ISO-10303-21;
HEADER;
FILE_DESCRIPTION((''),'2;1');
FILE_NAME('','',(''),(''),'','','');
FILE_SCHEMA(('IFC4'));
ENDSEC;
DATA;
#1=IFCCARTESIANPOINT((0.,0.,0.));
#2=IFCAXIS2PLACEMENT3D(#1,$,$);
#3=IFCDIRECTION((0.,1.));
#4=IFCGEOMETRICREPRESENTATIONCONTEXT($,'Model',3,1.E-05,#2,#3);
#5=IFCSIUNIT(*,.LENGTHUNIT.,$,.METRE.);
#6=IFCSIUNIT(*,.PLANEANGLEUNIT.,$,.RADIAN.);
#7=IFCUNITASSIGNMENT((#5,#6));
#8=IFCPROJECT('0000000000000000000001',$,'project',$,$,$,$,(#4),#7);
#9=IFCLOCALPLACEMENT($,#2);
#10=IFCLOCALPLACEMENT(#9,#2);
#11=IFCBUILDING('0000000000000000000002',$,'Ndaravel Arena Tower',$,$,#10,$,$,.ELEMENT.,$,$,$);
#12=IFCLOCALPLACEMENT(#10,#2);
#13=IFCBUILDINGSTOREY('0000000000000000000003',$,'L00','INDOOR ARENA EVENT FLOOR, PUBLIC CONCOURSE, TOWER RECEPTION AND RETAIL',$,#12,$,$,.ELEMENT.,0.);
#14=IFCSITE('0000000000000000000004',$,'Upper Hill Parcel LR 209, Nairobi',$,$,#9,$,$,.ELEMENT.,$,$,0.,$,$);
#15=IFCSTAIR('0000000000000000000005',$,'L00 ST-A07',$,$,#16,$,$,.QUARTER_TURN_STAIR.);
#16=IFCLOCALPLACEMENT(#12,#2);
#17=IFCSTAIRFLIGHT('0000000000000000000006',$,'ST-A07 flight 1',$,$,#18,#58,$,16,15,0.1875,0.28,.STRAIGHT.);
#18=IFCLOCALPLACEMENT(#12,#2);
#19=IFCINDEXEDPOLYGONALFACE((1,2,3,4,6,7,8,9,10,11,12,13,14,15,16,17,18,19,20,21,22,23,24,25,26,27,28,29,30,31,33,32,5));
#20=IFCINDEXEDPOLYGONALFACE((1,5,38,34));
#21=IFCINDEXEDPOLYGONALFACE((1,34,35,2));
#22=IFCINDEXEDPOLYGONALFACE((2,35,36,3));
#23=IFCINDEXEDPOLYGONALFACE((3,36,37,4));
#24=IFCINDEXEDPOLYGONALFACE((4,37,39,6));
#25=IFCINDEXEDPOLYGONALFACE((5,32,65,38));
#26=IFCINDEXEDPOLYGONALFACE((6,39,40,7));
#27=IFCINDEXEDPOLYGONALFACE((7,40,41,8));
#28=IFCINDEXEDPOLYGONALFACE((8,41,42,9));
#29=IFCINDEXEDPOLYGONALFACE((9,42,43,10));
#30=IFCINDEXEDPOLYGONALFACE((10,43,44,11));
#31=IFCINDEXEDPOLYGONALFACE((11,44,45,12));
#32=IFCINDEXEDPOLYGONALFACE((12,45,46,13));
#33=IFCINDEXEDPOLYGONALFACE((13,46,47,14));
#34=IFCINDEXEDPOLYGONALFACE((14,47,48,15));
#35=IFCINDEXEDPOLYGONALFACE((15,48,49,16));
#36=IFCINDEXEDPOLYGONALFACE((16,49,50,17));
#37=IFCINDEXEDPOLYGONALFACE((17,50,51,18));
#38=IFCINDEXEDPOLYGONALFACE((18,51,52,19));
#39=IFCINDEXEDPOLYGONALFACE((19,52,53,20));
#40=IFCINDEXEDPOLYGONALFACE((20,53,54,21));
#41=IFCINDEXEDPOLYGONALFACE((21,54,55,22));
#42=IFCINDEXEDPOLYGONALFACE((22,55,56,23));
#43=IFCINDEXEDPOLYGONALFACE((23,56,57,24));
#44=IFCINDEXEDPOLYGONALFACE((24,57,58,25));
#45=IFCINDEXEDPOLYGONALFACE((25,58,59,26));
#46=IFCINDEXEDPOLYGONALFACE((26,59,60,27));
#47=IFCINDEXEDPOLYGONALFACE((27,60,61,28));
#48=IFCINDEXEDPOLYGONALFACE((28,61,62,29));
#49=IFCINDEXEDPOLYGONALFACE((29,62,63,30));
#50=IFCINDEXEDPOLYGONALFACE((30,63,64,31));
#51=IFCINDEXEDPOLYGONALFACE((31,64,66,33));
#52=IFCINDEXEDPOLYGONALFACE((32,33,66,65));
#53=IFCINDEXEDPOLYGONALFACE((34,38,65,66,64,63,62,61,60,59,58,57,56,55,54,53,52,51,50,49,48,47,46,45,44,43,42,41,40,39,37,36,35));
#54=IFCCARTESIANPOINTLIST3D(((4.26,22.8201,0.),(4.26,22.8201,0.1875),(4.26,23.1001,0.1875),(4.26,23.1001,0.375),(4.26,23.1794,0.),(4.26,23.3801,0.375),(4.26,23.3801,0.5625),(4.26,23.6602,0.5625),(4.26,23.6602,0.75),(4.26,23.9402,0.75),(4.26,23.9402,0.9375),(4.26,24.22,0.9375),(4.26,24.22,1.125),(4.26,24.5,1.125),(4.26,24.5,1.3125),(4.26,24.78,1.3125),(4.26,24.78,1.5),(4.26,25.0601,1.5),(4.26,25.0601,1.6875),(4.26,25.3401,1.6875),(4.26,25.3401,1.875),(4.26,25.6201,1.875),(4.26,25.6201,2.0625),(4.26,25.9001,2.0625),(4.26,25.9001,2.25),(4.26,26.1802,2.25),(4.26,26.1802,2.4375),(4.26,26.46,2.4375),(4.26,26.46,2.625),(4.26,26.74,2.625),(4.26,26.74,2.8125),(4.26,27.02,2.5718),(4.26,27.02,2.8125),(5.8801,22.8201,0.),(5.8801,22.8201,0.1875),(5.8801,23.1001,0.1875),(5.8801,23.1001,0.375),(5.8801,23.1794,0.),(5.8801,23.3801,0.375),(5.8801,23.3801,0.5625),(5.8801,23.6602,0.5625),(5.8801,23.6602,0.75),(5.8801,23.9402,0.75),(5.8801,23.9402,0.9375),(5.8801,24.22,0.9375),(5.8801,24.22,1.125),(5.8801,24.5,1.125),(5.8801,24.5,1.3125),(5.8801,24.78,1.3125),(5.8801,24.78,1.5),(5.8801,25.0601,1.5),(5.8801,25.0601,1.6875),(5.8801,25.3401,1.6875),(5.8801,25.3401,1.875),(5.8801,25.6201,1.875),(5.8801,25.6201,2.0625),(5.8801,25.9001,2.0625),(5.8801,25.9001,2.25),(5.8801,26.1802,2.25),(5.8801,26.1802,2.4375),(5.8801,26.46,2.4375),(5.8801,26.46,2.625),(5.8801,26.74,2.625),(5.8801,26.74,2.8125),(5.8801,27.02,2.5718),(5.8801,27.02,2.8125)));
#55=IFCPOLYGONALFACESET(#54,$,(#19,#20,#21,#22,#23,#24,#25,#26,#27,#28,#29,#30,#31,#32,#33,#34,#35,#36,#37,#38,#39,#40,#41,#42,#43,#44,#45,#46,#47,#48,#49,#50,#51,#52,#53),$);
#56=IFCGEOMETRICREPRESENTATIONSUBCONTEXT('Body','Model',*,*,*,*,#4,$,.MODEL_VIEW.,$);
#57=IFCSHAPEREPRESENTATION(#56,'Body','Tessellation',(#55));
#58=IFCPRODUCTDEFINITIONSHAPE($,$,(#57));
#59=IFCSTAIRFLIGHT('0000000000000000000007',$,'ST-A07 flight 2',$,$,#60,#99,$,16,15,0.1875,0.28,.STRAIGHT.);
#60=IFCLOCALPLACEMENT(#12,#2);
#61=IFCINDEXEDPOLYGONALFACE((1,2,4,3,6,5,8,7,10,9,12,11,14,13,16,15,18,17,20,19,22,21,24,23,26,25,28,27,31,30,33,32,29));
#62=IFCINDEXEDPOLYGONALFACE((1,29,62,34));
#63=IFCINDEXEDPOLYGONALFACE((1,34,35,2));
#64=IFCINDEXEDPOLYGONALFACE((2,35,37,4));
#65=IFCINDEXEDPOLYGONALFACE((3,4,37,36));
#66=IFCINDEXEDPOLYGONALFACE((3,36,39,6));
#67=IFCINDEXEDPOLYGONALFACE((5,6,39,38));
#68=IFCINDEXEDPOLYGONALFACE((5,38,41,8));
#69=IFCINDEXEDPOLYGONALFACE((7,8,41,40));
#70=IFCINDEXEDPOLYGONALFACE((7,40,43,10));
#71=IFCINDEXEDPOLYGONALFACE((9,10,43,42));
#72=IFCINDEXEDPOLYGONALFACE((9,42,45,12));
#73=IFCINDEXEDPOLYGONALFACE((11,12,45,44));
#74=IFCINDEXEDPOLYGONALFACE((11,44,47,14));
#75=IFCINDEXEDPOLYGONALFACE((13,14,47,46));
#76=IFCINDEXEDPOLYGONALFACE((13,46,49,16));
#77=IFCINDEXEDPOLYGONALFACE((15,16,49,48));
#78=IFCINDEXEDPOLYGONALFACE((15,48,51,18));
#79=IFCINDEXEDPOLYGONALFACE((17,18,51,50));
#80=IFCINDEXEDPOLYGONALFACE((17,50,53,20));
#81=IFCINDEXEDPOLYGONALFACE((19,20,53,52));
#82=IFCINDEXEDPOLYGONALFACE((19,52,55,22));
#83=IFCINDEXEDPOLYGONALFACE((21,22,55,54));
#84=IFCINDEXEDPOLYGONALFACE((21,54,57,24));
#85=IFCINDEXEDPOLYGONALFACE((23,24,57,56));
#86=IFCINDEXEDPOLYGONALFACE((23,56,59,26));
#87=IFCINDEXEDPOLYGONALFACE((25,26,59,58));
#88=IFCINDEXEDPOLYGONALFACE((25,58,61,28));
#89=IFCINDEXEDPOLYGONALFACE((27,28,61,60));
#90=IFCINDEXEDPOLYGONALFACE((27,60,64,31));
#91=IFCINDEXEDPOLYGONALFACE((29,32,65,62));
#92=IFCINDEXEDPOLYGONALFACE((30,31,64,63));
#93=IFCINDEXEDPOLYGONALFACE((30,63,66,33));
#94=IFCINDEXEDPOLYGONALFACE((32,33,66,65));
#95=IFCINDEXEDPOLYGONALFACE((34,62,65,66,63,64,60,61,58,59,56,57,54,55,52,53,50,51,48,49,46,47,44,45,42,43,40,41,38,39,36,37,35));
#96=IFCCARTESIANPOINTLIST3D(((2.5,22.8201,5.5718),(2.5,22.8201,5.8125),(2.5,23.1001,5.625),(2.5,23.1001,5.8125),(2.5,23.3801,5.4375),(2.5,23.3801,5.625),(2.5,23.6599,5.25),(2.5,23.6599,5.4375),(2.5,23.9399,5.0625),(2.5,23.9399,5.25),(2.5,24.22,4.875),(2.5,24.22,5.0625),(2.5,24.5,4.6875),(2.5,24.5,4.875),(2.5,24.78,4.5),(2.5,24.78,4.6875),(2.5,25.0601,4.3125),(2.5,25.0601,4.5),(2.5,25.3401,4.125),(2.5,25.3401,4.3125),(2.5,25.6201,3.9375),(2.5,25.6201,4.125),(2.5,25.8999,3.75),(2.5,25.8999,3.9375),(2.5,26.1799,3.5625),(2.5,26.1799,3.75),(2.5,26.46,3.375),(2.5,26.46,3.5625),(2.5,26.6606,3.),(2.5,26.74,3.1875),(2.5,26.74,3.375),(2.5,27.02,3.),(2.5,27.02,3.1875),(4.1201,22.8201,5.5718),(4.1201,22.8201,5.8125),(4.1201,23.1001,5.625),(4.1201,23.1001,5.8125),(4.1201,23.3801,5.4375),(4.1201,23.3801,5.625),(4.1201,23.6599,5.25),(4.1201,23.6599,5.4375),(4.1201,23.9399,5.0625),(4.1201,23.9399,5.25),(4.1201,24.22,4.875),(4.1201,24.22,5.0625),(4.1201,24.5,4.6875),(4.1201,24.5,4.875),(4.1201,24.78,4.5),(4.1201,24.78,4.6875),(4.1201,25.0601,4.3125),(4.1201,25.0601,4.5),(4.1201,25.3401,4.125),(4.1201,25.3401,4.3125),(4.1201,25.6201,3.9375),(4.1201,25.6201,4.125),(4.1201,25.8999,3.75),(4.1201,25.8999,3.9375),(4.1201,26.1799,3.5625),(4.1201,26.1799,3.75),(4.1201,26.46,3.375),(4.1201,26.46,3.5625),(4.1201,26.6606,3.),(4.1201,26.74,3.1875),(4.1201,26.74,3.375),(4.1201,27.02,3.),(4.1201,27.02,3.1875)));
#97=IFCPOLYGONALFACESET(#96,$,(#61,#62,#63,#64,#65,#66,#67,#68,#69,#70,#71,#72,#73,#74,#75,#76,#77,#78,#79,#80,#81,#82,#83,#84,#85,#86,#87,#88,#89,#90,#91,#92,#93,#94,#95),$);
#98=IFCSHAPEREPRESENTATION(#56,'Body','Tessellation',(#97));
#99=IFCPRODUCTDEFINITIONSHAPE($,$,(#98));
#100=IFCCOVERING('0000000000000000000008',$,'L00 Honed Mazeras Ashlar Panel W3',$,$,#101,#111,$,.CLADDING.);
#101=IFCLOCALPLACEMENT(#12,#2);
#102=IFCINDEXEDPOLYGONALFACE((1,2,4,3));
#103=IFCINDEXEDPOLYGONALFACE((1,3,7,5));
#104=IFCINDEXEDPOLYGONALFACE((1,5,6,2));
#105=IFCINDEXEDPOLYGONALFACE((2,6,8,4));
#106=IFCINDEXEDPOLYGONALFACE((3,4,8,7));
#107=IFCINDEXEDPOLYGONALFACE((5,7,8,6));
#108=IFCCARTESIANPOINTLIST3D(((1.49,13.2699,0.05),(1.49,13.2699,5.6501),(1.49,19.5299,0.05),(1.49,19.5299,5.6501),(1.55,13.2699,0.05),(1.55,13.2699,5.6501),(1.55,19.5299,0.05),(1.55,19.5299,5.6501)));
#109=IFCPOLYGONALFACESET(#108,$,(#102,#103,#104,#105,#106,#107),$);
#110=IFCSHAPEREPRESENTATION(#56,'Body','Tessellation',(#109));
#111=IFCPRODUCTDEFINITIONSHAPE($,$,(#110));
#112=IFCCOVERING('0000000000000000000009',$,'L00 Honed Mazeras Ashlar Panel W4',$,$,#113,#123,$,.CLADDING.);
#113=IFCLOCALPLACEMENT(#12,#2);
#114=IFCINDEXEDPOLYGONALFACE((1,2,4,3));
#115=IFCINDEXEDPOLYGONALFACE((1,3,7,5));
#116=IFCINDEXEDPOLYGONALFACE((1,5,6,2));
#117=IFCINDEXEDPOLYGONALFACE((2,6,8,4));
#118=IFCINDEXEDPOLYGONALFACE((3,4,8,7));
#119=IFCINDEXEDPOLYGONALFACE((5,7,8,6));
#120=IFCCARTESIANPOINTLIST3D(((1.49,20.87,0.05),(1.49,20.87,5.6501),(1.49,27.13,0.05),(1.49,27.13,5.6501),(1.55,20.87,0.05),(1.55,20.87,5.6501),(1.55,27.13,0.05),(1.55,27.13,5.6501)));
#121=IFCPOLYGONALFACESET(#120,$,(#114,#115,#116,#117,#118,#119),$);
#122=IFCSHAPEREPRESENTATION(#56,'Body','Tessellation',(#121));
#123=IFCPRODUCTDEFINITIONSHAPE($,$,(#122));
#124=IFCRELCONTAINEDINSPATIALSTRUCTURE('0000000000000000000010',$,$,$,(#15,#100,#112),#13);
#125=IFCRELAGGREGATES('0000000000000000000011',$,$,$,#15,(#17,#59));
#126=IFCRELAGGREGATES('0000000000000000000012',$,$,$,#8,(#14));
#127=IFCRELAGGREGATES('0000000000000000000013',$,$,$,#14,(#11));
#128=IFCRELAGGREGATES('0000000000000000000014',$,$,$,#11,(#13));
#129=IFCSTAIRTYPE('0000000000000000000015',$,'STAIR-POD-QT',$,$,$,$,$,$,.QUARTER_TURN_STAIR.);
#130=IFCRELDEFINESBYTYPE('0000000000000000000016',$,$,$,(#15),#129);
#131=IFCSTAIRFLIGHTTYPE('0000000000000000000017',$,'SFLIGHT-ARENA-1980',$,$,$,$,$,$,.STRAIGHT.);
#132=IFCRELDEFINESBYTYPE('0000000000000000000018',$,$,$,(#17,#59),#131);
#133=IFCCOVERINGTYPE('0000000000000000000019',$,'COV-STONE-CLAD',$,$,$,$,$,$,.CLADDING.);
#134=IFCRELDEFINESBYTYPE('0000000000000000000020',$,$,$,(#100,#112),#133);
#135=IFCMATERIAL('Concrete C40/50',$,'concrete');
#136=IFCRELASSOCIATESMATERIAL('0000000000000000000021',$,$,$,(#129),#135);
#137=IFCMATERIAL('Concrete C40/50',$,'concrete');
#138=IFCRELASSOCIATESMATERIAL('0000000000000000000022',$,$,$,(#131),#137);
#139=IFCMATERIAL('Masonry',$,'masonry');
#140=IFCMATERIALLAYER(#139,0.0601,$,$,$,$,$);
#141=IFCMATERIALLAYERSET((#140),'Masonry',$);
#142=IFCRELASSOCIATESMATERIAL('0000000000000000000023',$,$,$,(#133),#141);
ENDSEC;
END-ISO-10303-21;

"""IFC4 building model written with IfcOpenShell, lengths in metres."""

from ifc_helpers import new_model, si_unit, direction, frame, origin, origin_2d, place, context, subcontext, project, spatial, polyline, rectangle, outline, extrude, material, layer, layer_set, type_object, element, aggregate, save


model = new_model("IFC4")

# Units and contexts
model_context = context("Model", 3, precision=1e-05, world=origin(), true_north=direction((0.0, 1.0)))
body_context = subcontext(model_context, "Body", "Model", "MODEL_VIEW")
ifc_project = project(units=[si_unit("LENGTHUNIT", "METRE"), si_unit("PLANEANGLEUNIT", "RADIAN")], contexts=[model_context])

# Site, building, storey
site_placement = place(None, origin())
site = spatial("IfcSite", under=ifc_project, at=site_placement, Name="Upper Hill Parcel LR 209, Nairobi", CompositionType="ELEMENT", RefElevation=0.0)
building_placement = place(site_placement, origin())
building = spatial("IfcBuilding", under=site, at=building_placement, Name="Ndaravel Arena Tower", CompositionType="ELEMENT")
storey_placement = place(building_placement, origin())
storey = spatial("IfcBuildingStorey", under=building, at=storey_placement, Name="L00", Description="INDOOR ARENA EVENT FLOOR, PUBLIC CONCOURSE, TOWER RECEPTION AND RETAIL", CompositionType="ELEMENT", Elevation=0.0)

# Stair, stair flights
ifc_material_1 = material(Name="Concrete C40/50", Category="concrete")
stair_type = type_object("IfcStairType", Name="STAIR-POD-QT", PredefinedType="QUARTER_TURN_STAIR", material=ifc_material_1)
stair_placement = place(storey_placement, origin())
stair = element("IfcStair", 1, at=stair_placement, inside=storey, type_object=stair_type, Name="L00 ST-A07", PredefinedType="QUARTER_TURN_STAIR")
ifc_material_2 = material(Name="Concrete C40/50", Category="concrete")
stair_flight_type = type_object("IfcStairFlightType", Name="SFLIGHT-ARENA-1980", PredefinedType="STRAIGHT", material=ifc_material_2)
stair_flight_1_placement = place(storey_placement, frame((5.0701, 22.8201, 0.0), z_axis=(0.0, 0.0, 1.0), x_axis=(0.0, 1.0, 0.0)))
stair_flight_1 = element("IfcStairFlight", 2, at=stair_flight_1_placement, type_object=stair_flight_type, Name="ST-A07 flight 1", NumberOfRisers=16, NumberOfTreads=15, PredefinedType="STRAIGHT", RiserHeight=0.1875, TreadLength=0.28, context=body_context, shape_type="SweptSolid", body=[
    extrude(outline(polyline([(0.0, 0.0), (0.0, 0.1875), (0.28, 0.1875), (0.28, 0.375), (0.5601, 0.375), (0.5601, 0.5625), (0.8401, 0.5625), (0.8401, 0.75), (1.1201, 0.75), (1.1201, 0.9375), (1.3999, 0.9375), (1.3999, 1.125), (1.6799, 1.125), (1.6799, 1.3125), (1.96, 1.3125), (1.96, 1.5), (2.24, 1.5), (2.24, 1.6875), (2.52, 1.6875), (2.52, 1.875), (2.8, 1.875), (2.8, 2.0625), (3.0801, 2.0625), (3.0801, 2.25), (3.3601, 2.25), (3.3601, 2.4375), (3.6399, 2.4375), (3.6399, 2.625), (3.9199, 2.625), (3.9199, 2.8125), (4.2, 2.8125), (4.2, 3.0), (4.2, 2.5718), (0.3594, 0.0), (0.0, 0.0)])), frame((0.0, 0.8101, 0.0), z_axis=(0.0, -1.0, 0.0), x_axis=(1.0, 0.0, 0.0)), (0.0, 0.0, 1.0), 1.6201),
])
stair_flight_2_placement = place(storey_placement, frame((3.3101, 27.02, 3.0), z_axis=(0.0, 0.0, 1.0), x_axis=(0.0, -1.0, 0.0)))
stair_flight_2 = element("IfcStairFlight", 3, at=stair_flight_2_placement, type_object=stair_flight_type, Name="ST-A07 flight 2", NumberOfRisers=16, NumberOfTreads=15, PredefinedType="STRAIGHT", RiserHeight=0.1875, TreadLength=0.28, context=body_context, shape_type="SweptSolid", body=[
    extrude(outline(polyline([(0.0, 0.0), (0.0, 0.1875), (0.28, 0.1875), (0.28, 0.375), (0.5601, 0.375), (0.5601, 0.5625), (0.8401, 0.5625), (0.8401, 0.75), (1.1201, 0.75), (1.1201, 0.9375), (1.3999, 0.9375), (1.3999, 1.125), (1.6799, 1.125), (1.6799, 1.3125), (1.96, 1.3125), (1.96, 1.5), (2.24, 1.5), (2.24, 1.6875), (2.52, 1.6875), (2.52, 1.875), (2.8, 1.875), (2.8, 2.0625), (3.0801, 2.0625), (3.0801, 2.25), (3.3601, 2.25), (3.3601, 2.4375), (3.6399, 2.4375), (3.6399, 2.625), (3.9199, 2.625), (3.9199, 2.8125), (4.2, 2.8125), (4.2, 3.0), (4.2, 2.5718), (0.3594, 0.0), (0.0, 0.0)])), frame((0.0, 0.8101, 0.0), z_axis=(0.0, -1.0, 0.0), x_axis=(1.0, 0.0, 0.0)), (0.0, 0.0, 1.0), 1.6201),
])
aggregate(stair, [stair_flight_1, stair_flight_2])

# Coverings
ifc_material_3 = material(Name="Masonry", Category="masonry")
ifc_layer_1 = layer(ifc_material_3, 0.0601)
ifc_layer_set_1 = layer_set([ifc_layer_1], Name="Masonry")
covering_type = type_object("IfcCoveringType", Name="COV-STONE-CLAD", PredefinedType="CLADDING", material=ifc_layer_set_1)
for number, where, z_axis, x_axis, name in (
    (4, (1.52, 16.3999, 0.05), (0.0, 0.0, 1.0), (1.0, 0.0, 0.0), "L00 Honed Mazeras Ashlar Panel W3"),
    (5, (1.52, 24.0, 0.05), (0.0, 0.0, 1.0), (1.0, 0.0, 0.0), "L00 Honed Mazeras Ashlar Panel W4"),
):
    element("IfcCovering", number, at=place(storey_placement, frame(where, z_axis=z_axis, x_axis=x_axis)), inside=storey, type_object=covering_type, Name=name, PredefinedType="CLADDING", context=body_context, shape_type="SweptSolid", body=[
        extrude(rectangle(XDim=0.0601, YDim=6.26, at=origin_2d()), origin(), (0.0, 0.0, 1.0), 5.6001),
    ])

save(model, "model.ifc")
